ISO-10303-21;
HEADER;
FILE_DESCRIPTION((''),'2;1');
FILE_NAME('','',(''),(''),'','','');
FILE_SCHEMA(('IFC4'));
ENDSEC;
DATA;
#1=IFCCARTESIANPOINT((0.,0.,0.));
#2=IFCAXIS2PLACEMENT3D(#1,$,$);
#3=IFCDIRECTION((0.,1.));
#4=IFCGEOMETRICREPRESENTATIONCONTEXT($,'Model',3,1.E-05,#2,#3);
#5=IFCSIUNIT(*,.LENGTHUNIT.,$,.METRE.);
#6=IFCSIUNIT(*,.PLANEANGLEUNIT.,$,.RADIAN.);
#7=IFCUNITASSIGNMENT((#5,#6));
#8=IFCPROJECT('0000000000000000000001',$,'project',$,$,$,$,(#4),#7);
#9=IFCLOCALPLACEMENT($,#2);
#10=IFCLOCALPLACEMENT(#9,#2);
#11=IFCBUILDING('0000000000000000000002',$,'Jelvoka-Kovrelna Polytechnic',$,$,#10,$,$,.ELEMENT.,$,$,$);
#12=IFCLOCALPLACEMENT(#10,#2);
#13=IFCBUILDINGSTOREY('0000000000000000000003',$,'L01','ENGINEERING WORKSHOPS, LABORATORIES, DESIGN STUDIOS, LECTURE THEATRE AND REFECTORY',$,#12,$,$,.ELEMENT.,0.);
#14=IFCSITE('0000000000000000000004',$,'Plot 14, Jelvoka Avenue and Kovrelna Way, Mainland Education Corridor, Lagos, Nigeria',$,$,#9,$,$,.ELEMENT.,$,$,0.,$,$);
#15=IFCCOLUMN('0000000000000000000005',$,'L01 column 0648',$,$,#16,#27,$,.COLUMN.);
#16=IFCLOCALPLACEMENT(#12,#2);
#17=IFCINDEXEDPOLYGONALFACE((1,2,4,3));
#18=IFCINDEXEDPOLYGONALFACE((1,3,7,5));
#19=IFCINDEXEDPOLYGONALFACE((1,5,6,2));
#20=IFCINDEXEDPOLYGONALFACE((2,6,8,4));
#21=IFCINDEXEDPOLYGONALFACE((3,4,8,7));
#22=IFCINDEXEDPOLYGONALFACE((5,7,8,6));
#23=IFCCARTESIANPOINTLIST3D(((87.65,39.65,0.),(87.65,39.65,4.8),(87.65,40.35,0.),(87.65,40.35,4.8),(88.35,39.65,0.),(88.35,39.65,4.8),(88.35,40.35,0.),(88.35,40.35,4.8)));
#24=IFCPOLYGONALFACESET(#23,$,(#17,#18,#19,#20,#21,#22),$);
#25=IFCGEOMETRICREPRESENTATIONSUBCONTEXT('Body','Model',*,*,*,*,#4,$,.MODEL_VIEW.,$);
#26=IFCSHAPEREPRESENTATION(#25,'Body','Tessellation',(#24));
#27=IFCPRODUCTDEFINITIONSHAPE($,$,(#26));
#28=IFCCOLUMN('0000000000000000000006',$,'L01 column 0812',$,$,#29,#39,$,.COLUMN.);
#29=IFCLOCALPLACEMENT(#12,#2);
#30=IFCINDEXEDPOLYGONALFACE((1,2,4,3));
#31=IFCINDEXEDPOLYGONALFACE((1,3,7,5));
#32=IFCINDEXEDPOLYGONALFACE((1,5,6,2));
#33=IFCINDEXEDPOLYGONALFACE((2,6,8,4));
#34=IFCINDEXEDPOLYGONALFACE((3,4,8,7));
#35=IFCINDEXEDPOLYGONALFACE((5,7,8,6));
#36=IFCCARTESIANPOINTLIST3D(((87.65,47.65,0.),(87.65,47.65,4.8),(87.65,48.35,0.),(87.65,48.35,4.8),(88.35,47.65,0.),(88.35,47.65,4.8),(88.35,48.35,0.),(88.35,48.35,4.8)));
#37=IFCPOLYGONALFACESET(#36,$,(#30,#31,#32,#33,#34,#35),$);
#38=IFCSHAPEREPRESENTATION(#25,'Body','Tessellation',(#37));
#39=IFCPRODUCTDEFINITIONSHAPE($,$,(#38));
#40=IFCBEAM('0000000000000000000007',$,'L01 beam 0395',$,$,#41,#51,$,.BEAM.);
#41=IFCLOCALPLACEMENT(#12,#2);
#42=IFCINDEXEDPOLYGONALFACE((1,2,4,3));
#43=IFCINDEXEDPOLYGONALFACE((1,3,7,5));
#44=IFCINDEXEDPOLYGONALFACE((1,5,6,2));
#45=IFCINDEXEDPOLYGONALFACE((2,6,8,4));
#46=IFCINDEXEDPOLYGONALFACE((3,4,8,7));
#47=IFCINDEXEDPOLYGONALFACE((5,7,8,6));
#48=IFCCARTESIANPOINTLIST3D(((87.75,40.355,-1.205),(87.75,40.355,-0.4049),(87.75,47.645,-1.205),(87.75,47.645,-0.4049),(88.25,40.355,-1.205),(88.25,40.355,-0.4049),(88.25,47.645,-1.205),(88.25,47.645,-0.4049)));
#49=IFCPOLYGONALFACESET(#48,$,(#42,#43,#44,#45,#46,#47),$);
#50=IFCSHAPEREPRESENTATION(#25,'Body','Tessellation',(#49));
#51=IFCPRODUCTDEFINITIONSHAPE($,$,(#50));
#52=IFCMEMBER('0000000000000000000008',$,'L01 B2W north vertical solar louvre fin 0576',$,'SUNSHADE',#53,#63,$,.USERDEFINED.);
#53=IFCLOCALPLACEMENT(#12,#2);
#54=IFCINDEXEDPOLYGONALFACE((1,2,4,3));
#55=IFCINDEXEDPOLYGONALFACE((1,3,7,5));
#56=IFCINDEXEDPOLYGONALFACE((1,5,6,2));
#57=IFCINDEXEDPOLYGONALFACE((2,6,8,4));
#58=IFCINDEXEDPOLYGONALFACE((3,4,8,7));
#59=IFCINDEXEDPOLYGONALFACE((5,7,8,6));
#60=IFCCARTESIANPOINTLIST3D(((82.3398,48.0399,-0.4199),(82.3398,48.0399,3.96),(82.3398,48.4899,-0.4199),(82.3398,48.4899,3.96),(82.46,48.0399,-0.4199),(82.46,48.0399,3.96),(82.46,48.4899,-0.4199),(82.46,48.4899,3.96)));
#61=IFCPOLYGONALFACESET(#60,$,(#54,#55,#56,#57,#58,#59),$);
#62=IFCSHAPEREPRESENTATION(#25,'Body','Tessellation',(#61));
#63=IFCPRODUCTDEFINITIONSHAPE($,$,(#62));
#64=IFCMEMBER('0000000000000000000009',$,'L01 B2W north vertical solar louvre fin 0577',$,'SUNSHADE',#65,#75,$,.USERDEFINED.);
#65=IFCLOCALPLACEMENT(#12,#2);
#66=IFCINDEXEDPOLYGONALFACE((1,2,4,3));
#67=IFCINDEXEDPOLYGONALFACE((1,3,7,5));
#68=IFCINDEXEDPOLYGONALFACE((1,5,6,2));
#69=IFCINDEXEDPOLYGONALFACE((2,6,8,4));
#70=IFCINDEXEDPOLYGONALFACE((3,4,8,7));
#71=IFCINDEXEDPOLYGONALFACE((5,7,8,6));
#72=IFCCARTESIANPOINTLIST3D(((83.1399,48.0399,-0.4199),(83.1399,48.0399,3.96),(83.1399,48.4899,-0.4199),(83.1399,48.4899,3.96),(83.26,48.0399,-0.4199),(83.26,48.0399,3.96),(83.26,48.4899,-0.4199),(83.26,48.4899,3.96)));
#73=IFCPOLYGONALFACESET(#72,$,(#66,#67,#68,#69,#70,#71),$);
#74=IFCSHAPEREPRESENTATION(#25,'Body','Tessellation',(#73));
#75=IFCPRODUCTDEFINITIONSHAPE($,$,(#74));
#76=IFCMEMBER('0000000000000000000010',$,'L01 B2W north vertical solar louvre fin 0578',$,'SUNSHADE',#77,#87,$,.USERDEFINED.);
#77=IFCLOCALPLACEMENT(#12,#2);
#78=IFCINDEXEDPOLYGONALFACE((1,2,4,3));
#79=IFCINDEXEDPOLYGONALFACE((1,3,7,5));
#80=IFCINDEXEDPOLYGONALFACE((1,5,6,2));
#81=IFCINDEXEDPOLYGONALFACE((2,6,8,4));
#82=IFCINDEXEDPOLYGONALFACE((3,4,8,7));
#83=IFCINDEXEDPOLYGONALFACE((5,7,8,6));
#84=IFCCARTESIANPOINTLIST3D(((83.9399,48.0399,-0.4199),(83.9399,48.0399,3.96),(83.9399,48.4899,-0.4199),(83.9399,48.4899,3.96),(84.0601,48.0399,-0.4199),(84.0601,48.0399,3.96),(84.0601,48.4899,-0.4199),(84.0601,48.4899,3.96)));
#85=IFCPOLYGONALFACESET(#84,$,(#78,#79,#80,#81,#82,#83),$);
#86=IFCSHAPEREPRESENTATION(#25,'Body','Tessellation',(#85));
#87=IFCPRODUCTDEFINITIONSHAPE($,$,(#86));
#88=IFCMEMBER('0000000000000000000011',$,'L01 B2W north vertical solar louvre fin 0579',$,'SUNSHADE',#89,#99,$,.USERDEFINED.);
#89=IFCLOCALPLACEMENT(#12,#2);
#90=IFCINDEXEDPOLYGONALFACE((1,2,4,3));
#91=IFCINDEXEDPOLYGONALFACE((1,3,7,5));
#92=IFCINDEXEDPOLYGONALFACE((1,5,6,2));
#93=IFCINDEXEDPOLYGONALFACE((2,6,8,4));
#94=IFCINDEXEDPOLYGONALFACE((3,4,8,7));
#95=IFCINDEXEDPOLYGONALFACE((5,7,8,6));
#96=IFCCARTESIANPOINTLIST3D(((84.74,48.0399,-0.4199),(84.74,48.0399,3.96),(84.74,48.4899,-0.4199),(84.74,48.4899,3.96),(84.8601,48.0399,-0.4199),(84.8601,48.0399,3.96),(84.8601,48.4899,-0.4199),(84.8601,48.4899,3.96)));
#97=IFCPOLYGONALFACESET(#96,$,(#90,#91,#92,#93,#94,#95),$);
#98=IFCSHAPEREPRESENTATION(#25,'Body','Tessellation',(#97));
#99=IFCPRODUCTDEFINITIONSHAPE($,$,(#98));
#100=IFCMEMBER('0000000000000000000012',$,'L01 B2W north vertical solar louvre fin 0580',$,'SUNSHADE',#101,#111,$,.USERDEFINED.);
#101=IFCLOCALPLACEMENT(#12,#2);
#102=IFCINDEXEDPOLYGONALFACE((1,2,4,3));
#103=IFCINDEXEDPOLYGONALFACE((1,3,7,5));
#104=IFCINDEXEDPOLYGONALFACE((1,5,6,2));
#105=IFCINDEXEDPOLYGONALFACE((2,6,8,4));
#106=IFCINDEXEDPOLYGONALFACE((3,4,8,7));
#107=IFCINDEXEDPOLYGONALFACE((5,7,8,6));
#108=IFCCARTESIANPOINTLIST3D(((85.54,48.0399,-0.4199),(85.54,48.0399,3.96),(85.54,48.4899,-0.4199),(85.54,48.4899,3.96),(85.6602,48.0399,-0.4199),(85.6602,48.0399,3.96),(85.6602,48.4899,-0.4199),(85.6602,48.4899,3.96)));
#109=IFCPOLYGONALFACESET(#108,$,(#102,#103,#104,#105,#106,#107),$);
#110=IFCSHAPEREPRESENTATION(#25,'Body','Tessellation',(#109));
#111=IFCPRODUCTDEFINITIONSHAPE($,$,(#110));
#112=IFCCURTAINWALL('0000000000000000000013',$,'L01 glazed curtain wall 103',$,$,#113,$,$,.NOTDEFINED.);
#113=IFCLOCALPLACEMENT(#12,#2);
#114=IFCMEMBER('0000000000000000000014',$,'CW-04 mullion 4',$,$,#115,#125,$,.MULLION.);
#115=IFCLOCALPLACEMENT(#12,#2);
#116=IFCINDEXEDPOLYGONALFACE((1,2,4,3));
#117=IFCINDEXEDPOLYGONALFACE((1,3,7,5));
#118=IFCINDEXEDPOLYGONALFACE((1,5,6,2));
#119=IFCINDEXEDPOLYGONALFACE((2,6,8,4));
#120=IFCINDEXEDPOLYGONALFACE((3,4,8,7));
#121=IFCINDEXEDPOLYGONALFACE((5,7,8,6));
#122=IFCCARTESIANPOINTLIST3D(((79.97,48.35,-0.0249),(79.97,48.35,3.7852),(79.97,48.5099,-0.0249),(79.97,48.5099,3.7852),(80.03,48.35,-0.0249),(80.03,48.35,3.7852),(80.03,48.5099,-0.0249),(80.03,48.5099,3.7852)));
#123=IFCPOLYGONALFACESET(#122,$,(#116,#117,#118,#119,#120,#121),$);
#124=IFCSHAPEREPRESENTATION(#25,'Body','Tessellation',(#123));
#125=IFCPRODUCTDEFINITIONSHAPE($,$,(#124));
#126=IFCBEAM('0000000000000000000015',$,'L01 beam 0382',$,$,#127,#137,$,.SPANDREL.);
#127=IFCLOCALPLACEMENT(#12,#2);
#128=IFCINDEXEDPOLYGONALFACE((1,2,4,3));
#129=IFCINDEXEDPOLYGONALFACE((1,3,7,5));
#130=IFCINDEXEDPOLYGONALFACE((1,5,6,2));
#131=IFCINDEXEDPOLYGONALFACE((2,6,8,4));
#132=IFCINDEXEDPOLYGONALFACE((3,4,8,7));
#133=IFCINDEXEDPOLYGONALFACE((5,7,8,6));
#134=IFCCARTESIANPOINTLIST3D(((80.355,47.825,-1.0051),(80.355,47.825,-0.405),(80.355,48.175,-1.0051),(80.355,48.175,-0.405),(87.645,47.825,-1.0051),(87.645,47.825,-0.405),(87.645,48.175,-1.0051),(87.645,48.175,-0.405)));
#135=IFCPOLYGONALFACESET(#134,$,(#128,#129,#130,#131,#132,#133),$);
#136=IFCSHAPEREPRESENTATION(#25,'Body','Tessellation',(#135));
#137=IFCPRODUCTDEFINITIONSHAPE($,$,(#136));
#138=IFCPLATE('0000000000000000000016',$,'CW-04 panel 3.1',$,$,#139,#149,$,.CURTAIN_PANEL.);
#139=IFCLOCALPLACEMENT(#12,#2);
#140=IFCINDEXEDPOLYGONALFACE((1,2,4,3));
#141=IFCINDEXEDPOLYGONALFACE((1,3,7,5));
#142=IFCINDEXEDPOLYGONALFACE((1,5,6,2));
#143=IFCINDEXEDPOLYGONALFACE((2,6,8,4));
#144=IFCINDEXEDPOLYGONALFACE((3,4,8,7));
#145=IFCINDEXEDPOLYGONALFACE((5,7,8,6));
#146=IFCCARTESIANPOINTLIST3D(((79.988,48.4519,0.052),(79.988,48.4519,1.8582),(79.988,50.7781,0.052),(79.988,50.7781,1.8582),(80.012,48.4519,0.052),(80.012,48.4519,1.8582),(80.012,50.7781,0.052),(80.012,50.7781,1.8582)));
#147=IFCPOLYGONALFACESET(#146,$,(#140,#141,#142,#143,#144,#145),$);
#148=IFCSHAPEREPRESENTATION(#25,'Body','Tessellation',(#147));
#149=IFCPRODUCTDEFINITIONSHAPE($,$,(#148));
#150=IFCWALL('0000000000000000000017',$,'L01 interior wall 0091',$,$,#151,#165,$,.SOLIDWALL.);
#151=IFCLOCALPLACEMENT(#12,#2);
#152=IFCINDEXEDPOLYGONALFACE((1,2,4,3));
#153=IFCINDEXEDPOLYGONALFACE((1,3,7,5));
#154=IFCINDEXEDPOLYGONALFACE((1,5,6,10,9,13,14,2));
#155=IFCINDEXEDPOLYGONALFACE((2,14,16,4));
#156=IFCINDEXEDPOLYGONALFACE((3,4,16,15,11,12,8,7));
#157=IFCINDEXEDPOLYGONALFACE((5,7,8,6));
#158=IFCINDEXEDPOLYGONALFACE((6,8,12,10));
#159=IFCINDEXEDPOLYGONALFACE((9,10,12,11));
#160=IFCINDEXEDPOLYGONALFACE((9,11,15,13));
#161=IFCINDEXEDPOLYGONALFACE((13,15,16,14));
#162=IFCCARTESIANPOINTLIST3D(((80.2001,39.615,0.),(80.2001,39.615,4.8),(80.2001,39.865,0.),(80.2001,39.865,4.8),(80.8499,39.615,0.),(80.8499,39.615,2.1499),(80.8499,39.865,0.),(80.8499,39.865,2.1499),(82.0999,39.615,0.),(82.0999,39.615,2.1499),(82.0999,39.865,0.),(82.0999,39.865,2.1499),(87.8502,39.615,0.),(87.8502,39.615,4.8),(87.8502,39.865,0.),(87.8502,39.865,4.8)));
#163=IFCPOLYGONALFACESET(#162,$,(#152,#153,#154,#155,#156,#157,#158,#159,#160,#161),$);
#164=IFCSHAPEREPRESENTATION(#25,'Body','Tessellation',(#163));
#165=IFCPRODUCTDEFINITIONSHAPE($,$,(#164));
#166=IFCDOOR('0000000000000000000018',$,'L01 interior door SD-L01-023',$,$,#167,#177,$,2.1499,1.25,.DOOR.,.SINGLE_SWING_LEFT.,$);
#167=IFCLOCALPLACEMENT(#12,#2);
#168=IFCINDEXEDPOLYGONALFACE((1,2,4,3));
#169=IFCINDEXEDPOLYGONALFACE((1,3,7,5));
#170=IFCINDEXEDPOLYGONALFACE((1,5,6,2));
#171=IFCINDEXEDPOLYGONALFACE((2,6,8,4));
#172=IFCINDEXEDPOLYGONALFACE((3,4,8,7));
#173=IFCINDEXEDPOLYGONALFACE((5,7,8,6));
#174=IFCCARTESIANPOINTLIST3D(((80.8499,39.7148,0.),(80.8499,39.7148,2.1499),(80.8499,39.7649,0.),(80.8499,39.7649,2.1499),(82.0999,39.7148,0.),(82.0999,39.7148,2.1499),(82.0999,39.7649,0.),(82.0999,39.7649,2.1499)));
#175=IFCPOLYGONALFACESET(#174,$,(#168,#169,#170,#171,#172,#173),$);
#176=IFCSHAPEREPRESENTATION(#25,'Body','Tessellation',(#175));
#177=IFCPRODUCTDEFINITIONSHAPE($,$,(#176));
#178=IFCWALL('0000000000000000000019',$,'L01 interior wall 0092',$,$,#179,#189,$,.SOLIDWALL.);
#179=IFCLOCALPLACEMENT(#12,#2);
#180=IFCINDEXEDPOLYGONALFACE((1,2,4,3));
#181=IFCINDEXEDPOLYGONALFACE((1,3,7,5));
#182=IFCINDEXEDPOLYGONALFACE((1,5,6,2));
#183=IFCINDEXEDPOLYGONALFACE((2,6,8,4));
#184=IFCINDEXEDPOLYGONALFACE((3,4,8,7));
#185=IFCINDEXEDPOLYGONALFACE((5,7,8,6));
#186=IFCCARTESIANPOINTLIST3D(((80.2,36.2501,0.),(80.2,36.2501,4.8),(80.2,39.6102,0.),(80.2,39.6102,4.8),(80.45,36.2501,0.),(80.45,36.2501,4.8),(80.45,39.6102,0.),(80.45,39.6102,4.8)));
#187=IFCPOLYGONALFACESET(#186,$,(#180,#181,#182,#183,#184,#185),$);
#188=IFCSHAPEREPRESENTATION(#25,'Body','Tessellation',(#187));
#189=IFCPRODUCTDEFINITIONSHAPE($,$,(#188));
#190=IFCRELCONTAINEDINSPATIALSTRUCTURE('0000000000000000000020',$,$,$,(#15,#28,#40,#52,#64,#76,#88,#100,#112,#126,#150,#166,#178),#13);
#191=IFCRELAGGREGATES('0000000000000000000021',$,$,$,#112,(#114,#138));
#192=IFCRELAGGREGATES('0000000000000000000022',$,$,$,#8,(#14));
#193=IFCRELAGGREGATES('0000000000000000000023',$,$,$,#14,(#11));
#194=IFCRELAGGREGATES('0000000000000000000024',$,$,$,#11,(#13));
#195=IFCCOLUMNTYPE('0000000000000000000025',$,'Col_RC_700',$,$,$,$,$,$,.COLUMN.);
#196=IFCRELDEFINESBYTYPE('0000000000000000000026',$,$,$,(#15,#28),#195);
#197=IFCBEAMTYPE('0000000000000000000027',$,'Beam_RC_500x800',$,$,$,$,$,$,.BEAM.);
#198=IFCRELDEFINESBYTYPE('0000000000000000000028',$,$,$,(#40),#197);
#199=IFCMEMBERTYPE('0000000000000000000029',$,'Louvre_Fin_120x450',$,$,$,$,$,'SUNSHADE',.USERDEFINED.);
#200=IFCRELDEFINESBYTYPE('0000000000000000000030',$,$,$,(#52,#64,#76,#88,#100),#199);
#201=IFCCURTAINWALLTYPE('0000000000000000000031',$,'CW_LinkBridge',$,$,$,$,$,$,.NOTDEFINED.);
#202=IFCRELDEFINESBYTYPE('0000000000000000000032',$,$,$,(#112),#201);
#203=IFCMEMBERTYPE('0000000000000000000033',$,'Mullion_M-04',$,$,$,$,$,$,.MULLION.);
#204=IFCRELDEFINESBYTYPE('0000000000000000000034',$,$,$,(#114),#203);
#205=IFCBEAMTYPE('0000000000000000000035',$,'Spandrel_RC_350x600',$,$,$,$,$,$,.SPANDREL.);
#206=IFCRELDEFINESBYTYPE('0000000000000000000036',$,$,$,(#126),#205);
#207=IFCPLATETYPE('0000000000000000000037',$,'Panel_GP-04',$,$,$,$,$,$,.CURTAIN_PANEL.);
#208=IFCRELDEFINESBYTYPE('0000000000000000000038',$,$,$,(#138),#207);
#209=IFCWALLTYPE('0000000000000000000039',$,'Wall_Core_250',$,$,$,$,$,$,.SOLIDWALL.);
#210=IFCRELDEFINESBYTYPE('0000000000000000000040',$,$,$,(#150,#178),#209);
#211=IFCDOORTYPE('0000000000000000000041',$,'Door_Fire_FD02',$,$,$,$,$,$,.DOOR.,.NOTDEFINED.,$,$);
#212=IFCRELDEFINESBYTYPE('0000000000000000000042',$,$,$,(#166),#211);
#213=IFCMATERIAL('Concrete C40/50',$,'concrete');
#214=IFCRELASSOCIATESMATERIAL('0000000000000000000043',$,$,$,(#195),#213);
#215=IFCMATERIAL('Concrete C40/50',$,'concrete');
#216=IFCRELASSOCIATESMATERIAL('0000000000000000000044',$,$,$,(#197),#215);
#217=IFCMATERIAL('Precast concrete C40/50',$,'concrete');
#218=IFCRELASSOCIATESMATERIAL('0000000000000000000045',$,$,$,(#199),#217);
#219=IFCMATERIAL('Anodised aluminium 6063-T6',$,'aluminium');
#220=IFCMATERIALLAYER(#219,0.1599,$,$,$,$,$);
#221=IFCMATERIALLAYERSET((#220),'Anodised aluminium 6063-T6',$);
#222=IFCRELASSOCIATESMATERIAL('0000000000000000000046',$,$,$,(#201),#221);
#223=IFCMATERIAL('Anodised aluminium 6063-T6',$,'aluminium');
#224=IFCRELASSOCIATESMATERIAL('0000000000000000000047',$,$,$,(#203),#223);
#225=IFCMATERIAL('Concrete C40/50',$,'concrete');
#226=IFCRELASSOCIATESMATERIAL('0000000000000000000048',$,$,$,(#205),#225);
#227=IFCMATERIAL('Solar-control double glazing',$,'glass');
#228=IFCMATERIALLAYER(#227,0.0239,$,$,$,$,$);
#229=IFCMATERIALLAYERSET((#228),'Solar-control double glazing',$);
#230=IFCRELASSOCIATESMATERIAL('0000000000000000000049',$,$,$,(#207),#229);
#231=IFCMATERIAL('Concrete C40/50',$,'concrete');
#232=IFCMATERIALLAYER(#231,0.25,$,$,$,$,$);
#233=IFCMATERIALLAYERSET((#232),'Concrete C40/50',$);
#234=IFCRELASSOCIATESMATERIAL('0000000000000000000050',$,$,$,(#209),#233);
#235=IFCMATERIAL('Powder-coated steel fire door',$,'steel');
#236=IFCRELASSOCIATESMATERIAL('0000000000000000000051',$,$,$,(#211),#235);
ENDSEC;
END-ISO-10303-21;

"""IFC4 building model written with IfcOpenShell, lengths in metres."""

from ifc_helpers import new_model, si_unit, direction, frame, frame_2d, origin, origin_2d, place, context, subcontext, project, spatial, rectangle, extrude, material, layer, layer_set, material_profile, profile_set, type_object, element, fill, aggregate, save


model = new_model("IFC4")

# Units and contexts
model_context = context("Model", 3, precision=1e-05, world=origin(), true_north=direction((0.0, 1.0)))
body_context = subcontext(model_context, "Body", "Model", "MODEL_VIEW")
ifc_project = project(units=[si_unit("LENGTHUNIT", "METRE"), si_unit("PLANEANGLEUNIT", "RADIAN")], contexts=[model_context])

# Site, building, storey
site_placement = place(None, origin())
site = spatial("IfcSite", under=ifc_project, at=site_placement, Name="Plot 14, Jelvoka Avenue and Kovrelna Way, Mainland Education Corridor, Lagos, Nigeria", CompositionType="ELEMENT", RefElevation=0.0)
building_placement = place(site_placement, origin())
building = spatial("IfcBuilding", under=site, at=building_placement, Name="Jelvoka-Kovrelna Polytechnic", CompositionType="ELEMENT")
storey_placement = place(building_placement, origin())
storey = spatial("IfcBuildingStorey", under=building, at=storey_placement, Name="L01", Description="ENGINEERING WORKSHOPS, LABORATORIES, DESIGN STUDIOS, LECTURE THEATRE AND REFECTORY", CompositionType="ELEMENT", Elevation=0.0)

# Columns
ifc_material_1 = material(Name="Concrete C40/50", Category="concrete")
ifc_material_profile_1 = material_profile(ifc_material_1, rectangle(XDim=0.7, YDim=0.7, at=origin_2d()), Name="RC 700x700")
ifc_profile_set_1 = profile_set([ifc_material_profile_1], Name="Concrete C40/50")
column_type = type_object("IfcColumnType", Name="Col_RC_700", PredefinedType="COLUMN", material=ifc_profile_set_1)
for number, where, z_axis, x_axis, name in (
    (1, (88.0, 40.0, 0.0), (0.0, 0.0, 1.0), (1.0, 0.0, 0.0), "L01 column 0648"),
    (2, (88.0, 48.0, 0.0), (0.0, 0.0, 1.0), (1.0, 0.0, 0.0), "L01 column 0812"),
):
    element("IfcColumn", number, at=place(storey_placement, frame(where, z_axis=z_axis, x_axis=x_axis)), inside=storey, type_object=column_type, Name=name, PredefinedType="COLUMN", context=body_context, shape_type="SweptSolid", body=[
        extrude(rectangle(XDim=0.7, YDim=0.7, at=origin_2d()), origin(), (0.0, 0.0, 1.0), 4.8),
    ])

# Beam
ifc_material_2 = material(Name="Concrete C40/50", Category="concrete")
ifc_material_profile_2 = material_profile(ifc_material_2, rectangle(XDim=0.5, YDim=0.8, at=origin_2d()), Name="RC 500x800")
ifc_profile_set_2 = profile_set([ifc_material_profile_2], Name="Concrete C40/50")
beam_type_1 = type_object("IfcBeamType", Name="Beam_RC_500x800", PredefinedType="BEAM", material=ifc_profile_set_2)
beam_1_placement = place(storey_placement, frame((88.0, 40.355, -0.8049), z_axis=(0.0, 1.0, 0.0), x_axis=(-1.0, 0.0, 0.0)))
element("IfcBeam", 3, at=beam_1_placement, inside=storey, type_object=beam_type_1, Name="L01 beam 0395", PredefinedType="BEAM", context=body_context, shape_type="SweptSolid", body=[
    extrude(rectangle(XDim=0.5, YDim=0.8, at=origin_2d()), origin(), (0.0, 0.0, 1.0), 7.29),
])

# Members
ifc_material_3 = material(Name="Precast concrete C40/50", Category="concrete")
ifc_material_profile_3 = material_profile(ifc_material_3, rectangle(XDim=0.1201, YDim=0.45, at=origin_2d()), Name="PC 120x450")
ifc_profile_set_3 = profile_set([ifc_material_profile_3], Name="Precast concrete C40/50")
member_type_1 = type_object("IfcMemberType", Name="Louvre_Fin_120x450", ElementType="SUNSHADE", PredefinedType="USERDEFINED", material=ifc_profile_set_3)
for number, where, z_axis, x_axis, name in (
    (4, (82.3999, 48.2649, -0.4199), (0.0, 0.0, 1.0), (1.0, 0.0, 0.0), "L01 B2W north vertical solar louvre fin 0576"),
    (5, (83.2, 48.2649, -0.4199), (0.0, 0.0, 1.0), (1.0, 0.0, 0.0), "L01 B2W north vertical solar louvre fin 0577"),
    (6, (84.0, 48.2649, -0.4199), (0.0, 0.0, 1.0), (1.0, 0.0, 0.0), "L01 B2W north vertical solar louvre fin 0578"),
    (7, (84.8, 48.2649, -0.4199), (0.0, 0.0, 1.0), (1.0, 0.0, 0.0), "L01 B2W north vertical solar louvre fin 0579"),
    (8, (85.6001, 48.2649, -0.4199), (0.0, 0.0, 1.0), (1.0, 0.0, 0.0), "L01 B2W north vertical solar louvre fin 0580"),
):
    element("IfcMember", number, at=place(storey_placement, frame(where, z_axis=z_axis, x_axis=x_axis)), inside=storey, type_object=member_type_1, Name=name, ObjectType="SUNSHADE", PredefinedType="USERDEFINED", context=body_context, shape_type="SweptSolid", body=[
        extrude(rectangle(XDim=0.1201, YDim=0.45, at=origin_2d()), origin(), (0.0, 0.0, 1.0), 4.3799),
    ])

# Curtain wall, member
ifc_material_4 = material(Name="Anodised aluminium 6063-T6", Category="aluminium")
ifc_layer_1 = layer(ifc_material_4, 0.1599)
ifc_layer_set_1 = layer_set([ifc_layer_1], Name="Anodised aluminium 6063-T6")
curtain_wall_type = type_object("IfcCurtainWallType", Name="CW_LinkBridge", PredefinedType="NOTDEFINED", material=ifc_layer_set_1)
curtain_wall_placement = place(storey_placement, origin())
curtain_wall = element("IfcCurtainWall", 9, at=curtain_wall_placement, inside=storey, type_object=curtain_wall_type, Name="L01 glazed curtain wall 103", PredefinedType="NOTDEFINED")
ifc_material_5 = material(Name="Anodised aluminium 6063-T6", Category="aluminium")
ifc_material_profile_4 = material_profile(ifc_material_5, rectangle(XDim=0.0601, YDim=0.1599, at=origin_2d()), Name="ALU 60x160")
ifc_profile_set_4 = profile_set([ifc_material_profile_4], Name="Anodised aluminium 6063-T6")
member_type_2 = type_object("IfcMemberType", Name="Mullion_M-04", PredefinedType="MULLION", material=ifc_profile_set_4)
member_placement = place(storey_placement, frame((80.0, 48.4299, -0.0249), z_axis=(0.0, 0.0, 1.0), x_axis=(1.0, 0.0, 0.0)))
member = element("IfcMember", 10, at=member_placement, type_object=member_type_2, Name="CW-04 mullion 4", PredefinedType="MULLION", context=body_context, shape_type="SweptSolid", body=[
    extrude(rectangle(XDim=0.0601, YDim=0.1599, at=origin_2d()), origin(), (0.0, 0.0, 1.0), 3.8101),
])

# Beam
ifc_material_6 = material(Name="Concrete C40/50", Category="concrete")
ifc_material_profile_5 = material_profile(ifc_material_6, rectangle(XDim=0.3501, YDim=0.6001, at=origin_2d()), Name="RC 350x600")
ifc_profile_set_5 = profile_set([ifc_material_profile_5], Name="Concrete C40/50")
beam_type_2 = type_object("IfcBeamType", Name="Spandrel_RC_350x600", PredefinedType="SPANDREL", material=ifc_profile_set_5)
beam_2_placement = place(storey_placement, frame((80.355, 48.0, -0.7051), z_axis=(1.0, 0.0, 0.0), x_axis=(0.0, 1.0, 0.0)))
element("IfcBeam", 11, at=beam_2_placement, inside=storey, type_object=beam_type_2, Name="L01 beam 0382", PredefinedType="SPANDREL", context=body_context, shape_type="SweptSolid", body=[
    extrude(rectangle(XDim=0.3501, YDim=0.6001, at=origin_2d()), origin(), (0.0, 0.0, 1.0), 7.29),
])

# Plate
ifc_material_7 = material(Name="Solar-control double glazing", Category="glass")
ifc_layer_2 = layer(ifc_material_7, 0.0239)
ifc_layer_set_2 = layer_set([ifc_layer_2], Name="Solar-control double glazing")
plate_type = type_object("IfcPlateType", Name="Panel_GP-04", PredefinedType="CURTAIN_PANEL", material=ifc_layer_set_2)
plate_placement = place(storey_placement, frame((80.0, 49.615, 0.052), z_axis=(0.0, 0.0, 1.0), x_axis=(0.0, -1.0, 0.0)))
plate = element("IfcPlate", 12, at=plate_placement, type_object=plate_type, Name="CW-04 panel 3.1", PredefinedType="CURTAIN_PANEL", context=body_context, shape_type="SweptSolid", body=[
    extrude(rectangle(XDim=2.3262, YDim=0.0239, at=origin_2d()), origin(), (0.0, 0.0, 1.0), 1.8062),
])
aggregate(curtain_wall, [member, plate])

# Wall, opening, door
ifc_material_8 = material(Name="Concrete C40/50", Category="concrete")
ifc_layer_3 = layer(ifc_material_8, 0.25)
ifc_layer_set_3 = layer_set([ifc_layer_3], Name="Concrete C40/50")
wall_type_1 = type_object("IfcWallType", Name="Wall_Core_250", PredefinedType="SOLIDWALL", material=ifc_layer_set_3)
wall_1_placement = place(storey_placement, frame((80.2, 39.74, 0.0), z_axis=(0.0, 0.0, 1.0), x_axis=(1.0, 0.0, 0.0)))
wall_1 = element("IfcWall", 13, at=wall_1_placement, inside=storey, type_object=wall_type_1, Name="L01 interior wall 0091", PredefinedType="SOLIDWALL", context=body_context, shape_type="SweptSolid", body=[
    extrude(rectangle(XDim=7.6501, YDim=0.25, at=frame_2d((3.8252, 0.0))), origin(), (0.0, 0.0, 1.0), 4.8),
])
opening_1_placement = place(wall_1_placement, frame((0.6499, 0.0, 0.0)))
opening_1 = element("IfcOpeningElement", 14, at=opening_1_placement, cuts=wall_1, PredefinedType="OPENING", context=body_context, shape_type="SweptSolid", body=[
    extrude(rectangle(XDim=1.25, YDim=2.1499, at=frame_2d((0.625, 1.075))), frame((0.0, 0.135, 0.0), z_axis=(0.0, -1.0, 0.0), x_axis=(1.0, 0.0, 0.0)), (0.0, 0.0, 1.0), 0.27),
])
ifc_material_9 = material(Name="Powder-coated steel fire door", Category="steel")
door_type_1 = type_object("IfcDoorType", Name="Door_Fire_FD02", OperationType="NOTDEFINED", PredefinedType="DOOR", material=ifc_material_9)
door_1_placement = place(opening_1_placement, origin())
door_1 = element("IfcDoor", 15, at=door_1_placement, inside=storey, type_object=door_type_1, Name="L01 interior door SD-L01-023", OperationType="SINGLE_SWING_LEFT", OverallHeight=2.1499, OverallWidth=1.25, PredefinedType="DOOR", context=body_context, shape_type="SweptSolid", body=[
    extrude(rectangle(XDim=1.25, YDim=2.1499, at=frame_2d((0.625, 1.075))), frame((0.0, 0.0249, 0.0), z_axis=(0.0, -1.0, 0.0), x_axis=(1.0, 0.0, 0.0)), (0.0, 0.0, 1.0), 0.05),
])
fill(opening_1, door_1)

# Wall
wall_2_placement = place(storey_placement, frame((80.325, 36.25, 0.0), z_axis=(0.0, 0.0, 1.0), x_axis=(0.0, 1.0, 0.0)))
element("IfcWall", 16, at=wall_2_placement, inside=storey, type_object=wall_type_1, Name="L01 interior wall 0092", PredefinedType="SOLIDWALL", context=body_context, shape_type="SweptSolid", body=[
    extrude(rectangle(XDim=3.3601, YDim=0.25, at=frame_2d((1.6802, 0.0))), origin(), (0.0, 0.0, 1.0), 4.8),
])

save(model, "model.ifc")
